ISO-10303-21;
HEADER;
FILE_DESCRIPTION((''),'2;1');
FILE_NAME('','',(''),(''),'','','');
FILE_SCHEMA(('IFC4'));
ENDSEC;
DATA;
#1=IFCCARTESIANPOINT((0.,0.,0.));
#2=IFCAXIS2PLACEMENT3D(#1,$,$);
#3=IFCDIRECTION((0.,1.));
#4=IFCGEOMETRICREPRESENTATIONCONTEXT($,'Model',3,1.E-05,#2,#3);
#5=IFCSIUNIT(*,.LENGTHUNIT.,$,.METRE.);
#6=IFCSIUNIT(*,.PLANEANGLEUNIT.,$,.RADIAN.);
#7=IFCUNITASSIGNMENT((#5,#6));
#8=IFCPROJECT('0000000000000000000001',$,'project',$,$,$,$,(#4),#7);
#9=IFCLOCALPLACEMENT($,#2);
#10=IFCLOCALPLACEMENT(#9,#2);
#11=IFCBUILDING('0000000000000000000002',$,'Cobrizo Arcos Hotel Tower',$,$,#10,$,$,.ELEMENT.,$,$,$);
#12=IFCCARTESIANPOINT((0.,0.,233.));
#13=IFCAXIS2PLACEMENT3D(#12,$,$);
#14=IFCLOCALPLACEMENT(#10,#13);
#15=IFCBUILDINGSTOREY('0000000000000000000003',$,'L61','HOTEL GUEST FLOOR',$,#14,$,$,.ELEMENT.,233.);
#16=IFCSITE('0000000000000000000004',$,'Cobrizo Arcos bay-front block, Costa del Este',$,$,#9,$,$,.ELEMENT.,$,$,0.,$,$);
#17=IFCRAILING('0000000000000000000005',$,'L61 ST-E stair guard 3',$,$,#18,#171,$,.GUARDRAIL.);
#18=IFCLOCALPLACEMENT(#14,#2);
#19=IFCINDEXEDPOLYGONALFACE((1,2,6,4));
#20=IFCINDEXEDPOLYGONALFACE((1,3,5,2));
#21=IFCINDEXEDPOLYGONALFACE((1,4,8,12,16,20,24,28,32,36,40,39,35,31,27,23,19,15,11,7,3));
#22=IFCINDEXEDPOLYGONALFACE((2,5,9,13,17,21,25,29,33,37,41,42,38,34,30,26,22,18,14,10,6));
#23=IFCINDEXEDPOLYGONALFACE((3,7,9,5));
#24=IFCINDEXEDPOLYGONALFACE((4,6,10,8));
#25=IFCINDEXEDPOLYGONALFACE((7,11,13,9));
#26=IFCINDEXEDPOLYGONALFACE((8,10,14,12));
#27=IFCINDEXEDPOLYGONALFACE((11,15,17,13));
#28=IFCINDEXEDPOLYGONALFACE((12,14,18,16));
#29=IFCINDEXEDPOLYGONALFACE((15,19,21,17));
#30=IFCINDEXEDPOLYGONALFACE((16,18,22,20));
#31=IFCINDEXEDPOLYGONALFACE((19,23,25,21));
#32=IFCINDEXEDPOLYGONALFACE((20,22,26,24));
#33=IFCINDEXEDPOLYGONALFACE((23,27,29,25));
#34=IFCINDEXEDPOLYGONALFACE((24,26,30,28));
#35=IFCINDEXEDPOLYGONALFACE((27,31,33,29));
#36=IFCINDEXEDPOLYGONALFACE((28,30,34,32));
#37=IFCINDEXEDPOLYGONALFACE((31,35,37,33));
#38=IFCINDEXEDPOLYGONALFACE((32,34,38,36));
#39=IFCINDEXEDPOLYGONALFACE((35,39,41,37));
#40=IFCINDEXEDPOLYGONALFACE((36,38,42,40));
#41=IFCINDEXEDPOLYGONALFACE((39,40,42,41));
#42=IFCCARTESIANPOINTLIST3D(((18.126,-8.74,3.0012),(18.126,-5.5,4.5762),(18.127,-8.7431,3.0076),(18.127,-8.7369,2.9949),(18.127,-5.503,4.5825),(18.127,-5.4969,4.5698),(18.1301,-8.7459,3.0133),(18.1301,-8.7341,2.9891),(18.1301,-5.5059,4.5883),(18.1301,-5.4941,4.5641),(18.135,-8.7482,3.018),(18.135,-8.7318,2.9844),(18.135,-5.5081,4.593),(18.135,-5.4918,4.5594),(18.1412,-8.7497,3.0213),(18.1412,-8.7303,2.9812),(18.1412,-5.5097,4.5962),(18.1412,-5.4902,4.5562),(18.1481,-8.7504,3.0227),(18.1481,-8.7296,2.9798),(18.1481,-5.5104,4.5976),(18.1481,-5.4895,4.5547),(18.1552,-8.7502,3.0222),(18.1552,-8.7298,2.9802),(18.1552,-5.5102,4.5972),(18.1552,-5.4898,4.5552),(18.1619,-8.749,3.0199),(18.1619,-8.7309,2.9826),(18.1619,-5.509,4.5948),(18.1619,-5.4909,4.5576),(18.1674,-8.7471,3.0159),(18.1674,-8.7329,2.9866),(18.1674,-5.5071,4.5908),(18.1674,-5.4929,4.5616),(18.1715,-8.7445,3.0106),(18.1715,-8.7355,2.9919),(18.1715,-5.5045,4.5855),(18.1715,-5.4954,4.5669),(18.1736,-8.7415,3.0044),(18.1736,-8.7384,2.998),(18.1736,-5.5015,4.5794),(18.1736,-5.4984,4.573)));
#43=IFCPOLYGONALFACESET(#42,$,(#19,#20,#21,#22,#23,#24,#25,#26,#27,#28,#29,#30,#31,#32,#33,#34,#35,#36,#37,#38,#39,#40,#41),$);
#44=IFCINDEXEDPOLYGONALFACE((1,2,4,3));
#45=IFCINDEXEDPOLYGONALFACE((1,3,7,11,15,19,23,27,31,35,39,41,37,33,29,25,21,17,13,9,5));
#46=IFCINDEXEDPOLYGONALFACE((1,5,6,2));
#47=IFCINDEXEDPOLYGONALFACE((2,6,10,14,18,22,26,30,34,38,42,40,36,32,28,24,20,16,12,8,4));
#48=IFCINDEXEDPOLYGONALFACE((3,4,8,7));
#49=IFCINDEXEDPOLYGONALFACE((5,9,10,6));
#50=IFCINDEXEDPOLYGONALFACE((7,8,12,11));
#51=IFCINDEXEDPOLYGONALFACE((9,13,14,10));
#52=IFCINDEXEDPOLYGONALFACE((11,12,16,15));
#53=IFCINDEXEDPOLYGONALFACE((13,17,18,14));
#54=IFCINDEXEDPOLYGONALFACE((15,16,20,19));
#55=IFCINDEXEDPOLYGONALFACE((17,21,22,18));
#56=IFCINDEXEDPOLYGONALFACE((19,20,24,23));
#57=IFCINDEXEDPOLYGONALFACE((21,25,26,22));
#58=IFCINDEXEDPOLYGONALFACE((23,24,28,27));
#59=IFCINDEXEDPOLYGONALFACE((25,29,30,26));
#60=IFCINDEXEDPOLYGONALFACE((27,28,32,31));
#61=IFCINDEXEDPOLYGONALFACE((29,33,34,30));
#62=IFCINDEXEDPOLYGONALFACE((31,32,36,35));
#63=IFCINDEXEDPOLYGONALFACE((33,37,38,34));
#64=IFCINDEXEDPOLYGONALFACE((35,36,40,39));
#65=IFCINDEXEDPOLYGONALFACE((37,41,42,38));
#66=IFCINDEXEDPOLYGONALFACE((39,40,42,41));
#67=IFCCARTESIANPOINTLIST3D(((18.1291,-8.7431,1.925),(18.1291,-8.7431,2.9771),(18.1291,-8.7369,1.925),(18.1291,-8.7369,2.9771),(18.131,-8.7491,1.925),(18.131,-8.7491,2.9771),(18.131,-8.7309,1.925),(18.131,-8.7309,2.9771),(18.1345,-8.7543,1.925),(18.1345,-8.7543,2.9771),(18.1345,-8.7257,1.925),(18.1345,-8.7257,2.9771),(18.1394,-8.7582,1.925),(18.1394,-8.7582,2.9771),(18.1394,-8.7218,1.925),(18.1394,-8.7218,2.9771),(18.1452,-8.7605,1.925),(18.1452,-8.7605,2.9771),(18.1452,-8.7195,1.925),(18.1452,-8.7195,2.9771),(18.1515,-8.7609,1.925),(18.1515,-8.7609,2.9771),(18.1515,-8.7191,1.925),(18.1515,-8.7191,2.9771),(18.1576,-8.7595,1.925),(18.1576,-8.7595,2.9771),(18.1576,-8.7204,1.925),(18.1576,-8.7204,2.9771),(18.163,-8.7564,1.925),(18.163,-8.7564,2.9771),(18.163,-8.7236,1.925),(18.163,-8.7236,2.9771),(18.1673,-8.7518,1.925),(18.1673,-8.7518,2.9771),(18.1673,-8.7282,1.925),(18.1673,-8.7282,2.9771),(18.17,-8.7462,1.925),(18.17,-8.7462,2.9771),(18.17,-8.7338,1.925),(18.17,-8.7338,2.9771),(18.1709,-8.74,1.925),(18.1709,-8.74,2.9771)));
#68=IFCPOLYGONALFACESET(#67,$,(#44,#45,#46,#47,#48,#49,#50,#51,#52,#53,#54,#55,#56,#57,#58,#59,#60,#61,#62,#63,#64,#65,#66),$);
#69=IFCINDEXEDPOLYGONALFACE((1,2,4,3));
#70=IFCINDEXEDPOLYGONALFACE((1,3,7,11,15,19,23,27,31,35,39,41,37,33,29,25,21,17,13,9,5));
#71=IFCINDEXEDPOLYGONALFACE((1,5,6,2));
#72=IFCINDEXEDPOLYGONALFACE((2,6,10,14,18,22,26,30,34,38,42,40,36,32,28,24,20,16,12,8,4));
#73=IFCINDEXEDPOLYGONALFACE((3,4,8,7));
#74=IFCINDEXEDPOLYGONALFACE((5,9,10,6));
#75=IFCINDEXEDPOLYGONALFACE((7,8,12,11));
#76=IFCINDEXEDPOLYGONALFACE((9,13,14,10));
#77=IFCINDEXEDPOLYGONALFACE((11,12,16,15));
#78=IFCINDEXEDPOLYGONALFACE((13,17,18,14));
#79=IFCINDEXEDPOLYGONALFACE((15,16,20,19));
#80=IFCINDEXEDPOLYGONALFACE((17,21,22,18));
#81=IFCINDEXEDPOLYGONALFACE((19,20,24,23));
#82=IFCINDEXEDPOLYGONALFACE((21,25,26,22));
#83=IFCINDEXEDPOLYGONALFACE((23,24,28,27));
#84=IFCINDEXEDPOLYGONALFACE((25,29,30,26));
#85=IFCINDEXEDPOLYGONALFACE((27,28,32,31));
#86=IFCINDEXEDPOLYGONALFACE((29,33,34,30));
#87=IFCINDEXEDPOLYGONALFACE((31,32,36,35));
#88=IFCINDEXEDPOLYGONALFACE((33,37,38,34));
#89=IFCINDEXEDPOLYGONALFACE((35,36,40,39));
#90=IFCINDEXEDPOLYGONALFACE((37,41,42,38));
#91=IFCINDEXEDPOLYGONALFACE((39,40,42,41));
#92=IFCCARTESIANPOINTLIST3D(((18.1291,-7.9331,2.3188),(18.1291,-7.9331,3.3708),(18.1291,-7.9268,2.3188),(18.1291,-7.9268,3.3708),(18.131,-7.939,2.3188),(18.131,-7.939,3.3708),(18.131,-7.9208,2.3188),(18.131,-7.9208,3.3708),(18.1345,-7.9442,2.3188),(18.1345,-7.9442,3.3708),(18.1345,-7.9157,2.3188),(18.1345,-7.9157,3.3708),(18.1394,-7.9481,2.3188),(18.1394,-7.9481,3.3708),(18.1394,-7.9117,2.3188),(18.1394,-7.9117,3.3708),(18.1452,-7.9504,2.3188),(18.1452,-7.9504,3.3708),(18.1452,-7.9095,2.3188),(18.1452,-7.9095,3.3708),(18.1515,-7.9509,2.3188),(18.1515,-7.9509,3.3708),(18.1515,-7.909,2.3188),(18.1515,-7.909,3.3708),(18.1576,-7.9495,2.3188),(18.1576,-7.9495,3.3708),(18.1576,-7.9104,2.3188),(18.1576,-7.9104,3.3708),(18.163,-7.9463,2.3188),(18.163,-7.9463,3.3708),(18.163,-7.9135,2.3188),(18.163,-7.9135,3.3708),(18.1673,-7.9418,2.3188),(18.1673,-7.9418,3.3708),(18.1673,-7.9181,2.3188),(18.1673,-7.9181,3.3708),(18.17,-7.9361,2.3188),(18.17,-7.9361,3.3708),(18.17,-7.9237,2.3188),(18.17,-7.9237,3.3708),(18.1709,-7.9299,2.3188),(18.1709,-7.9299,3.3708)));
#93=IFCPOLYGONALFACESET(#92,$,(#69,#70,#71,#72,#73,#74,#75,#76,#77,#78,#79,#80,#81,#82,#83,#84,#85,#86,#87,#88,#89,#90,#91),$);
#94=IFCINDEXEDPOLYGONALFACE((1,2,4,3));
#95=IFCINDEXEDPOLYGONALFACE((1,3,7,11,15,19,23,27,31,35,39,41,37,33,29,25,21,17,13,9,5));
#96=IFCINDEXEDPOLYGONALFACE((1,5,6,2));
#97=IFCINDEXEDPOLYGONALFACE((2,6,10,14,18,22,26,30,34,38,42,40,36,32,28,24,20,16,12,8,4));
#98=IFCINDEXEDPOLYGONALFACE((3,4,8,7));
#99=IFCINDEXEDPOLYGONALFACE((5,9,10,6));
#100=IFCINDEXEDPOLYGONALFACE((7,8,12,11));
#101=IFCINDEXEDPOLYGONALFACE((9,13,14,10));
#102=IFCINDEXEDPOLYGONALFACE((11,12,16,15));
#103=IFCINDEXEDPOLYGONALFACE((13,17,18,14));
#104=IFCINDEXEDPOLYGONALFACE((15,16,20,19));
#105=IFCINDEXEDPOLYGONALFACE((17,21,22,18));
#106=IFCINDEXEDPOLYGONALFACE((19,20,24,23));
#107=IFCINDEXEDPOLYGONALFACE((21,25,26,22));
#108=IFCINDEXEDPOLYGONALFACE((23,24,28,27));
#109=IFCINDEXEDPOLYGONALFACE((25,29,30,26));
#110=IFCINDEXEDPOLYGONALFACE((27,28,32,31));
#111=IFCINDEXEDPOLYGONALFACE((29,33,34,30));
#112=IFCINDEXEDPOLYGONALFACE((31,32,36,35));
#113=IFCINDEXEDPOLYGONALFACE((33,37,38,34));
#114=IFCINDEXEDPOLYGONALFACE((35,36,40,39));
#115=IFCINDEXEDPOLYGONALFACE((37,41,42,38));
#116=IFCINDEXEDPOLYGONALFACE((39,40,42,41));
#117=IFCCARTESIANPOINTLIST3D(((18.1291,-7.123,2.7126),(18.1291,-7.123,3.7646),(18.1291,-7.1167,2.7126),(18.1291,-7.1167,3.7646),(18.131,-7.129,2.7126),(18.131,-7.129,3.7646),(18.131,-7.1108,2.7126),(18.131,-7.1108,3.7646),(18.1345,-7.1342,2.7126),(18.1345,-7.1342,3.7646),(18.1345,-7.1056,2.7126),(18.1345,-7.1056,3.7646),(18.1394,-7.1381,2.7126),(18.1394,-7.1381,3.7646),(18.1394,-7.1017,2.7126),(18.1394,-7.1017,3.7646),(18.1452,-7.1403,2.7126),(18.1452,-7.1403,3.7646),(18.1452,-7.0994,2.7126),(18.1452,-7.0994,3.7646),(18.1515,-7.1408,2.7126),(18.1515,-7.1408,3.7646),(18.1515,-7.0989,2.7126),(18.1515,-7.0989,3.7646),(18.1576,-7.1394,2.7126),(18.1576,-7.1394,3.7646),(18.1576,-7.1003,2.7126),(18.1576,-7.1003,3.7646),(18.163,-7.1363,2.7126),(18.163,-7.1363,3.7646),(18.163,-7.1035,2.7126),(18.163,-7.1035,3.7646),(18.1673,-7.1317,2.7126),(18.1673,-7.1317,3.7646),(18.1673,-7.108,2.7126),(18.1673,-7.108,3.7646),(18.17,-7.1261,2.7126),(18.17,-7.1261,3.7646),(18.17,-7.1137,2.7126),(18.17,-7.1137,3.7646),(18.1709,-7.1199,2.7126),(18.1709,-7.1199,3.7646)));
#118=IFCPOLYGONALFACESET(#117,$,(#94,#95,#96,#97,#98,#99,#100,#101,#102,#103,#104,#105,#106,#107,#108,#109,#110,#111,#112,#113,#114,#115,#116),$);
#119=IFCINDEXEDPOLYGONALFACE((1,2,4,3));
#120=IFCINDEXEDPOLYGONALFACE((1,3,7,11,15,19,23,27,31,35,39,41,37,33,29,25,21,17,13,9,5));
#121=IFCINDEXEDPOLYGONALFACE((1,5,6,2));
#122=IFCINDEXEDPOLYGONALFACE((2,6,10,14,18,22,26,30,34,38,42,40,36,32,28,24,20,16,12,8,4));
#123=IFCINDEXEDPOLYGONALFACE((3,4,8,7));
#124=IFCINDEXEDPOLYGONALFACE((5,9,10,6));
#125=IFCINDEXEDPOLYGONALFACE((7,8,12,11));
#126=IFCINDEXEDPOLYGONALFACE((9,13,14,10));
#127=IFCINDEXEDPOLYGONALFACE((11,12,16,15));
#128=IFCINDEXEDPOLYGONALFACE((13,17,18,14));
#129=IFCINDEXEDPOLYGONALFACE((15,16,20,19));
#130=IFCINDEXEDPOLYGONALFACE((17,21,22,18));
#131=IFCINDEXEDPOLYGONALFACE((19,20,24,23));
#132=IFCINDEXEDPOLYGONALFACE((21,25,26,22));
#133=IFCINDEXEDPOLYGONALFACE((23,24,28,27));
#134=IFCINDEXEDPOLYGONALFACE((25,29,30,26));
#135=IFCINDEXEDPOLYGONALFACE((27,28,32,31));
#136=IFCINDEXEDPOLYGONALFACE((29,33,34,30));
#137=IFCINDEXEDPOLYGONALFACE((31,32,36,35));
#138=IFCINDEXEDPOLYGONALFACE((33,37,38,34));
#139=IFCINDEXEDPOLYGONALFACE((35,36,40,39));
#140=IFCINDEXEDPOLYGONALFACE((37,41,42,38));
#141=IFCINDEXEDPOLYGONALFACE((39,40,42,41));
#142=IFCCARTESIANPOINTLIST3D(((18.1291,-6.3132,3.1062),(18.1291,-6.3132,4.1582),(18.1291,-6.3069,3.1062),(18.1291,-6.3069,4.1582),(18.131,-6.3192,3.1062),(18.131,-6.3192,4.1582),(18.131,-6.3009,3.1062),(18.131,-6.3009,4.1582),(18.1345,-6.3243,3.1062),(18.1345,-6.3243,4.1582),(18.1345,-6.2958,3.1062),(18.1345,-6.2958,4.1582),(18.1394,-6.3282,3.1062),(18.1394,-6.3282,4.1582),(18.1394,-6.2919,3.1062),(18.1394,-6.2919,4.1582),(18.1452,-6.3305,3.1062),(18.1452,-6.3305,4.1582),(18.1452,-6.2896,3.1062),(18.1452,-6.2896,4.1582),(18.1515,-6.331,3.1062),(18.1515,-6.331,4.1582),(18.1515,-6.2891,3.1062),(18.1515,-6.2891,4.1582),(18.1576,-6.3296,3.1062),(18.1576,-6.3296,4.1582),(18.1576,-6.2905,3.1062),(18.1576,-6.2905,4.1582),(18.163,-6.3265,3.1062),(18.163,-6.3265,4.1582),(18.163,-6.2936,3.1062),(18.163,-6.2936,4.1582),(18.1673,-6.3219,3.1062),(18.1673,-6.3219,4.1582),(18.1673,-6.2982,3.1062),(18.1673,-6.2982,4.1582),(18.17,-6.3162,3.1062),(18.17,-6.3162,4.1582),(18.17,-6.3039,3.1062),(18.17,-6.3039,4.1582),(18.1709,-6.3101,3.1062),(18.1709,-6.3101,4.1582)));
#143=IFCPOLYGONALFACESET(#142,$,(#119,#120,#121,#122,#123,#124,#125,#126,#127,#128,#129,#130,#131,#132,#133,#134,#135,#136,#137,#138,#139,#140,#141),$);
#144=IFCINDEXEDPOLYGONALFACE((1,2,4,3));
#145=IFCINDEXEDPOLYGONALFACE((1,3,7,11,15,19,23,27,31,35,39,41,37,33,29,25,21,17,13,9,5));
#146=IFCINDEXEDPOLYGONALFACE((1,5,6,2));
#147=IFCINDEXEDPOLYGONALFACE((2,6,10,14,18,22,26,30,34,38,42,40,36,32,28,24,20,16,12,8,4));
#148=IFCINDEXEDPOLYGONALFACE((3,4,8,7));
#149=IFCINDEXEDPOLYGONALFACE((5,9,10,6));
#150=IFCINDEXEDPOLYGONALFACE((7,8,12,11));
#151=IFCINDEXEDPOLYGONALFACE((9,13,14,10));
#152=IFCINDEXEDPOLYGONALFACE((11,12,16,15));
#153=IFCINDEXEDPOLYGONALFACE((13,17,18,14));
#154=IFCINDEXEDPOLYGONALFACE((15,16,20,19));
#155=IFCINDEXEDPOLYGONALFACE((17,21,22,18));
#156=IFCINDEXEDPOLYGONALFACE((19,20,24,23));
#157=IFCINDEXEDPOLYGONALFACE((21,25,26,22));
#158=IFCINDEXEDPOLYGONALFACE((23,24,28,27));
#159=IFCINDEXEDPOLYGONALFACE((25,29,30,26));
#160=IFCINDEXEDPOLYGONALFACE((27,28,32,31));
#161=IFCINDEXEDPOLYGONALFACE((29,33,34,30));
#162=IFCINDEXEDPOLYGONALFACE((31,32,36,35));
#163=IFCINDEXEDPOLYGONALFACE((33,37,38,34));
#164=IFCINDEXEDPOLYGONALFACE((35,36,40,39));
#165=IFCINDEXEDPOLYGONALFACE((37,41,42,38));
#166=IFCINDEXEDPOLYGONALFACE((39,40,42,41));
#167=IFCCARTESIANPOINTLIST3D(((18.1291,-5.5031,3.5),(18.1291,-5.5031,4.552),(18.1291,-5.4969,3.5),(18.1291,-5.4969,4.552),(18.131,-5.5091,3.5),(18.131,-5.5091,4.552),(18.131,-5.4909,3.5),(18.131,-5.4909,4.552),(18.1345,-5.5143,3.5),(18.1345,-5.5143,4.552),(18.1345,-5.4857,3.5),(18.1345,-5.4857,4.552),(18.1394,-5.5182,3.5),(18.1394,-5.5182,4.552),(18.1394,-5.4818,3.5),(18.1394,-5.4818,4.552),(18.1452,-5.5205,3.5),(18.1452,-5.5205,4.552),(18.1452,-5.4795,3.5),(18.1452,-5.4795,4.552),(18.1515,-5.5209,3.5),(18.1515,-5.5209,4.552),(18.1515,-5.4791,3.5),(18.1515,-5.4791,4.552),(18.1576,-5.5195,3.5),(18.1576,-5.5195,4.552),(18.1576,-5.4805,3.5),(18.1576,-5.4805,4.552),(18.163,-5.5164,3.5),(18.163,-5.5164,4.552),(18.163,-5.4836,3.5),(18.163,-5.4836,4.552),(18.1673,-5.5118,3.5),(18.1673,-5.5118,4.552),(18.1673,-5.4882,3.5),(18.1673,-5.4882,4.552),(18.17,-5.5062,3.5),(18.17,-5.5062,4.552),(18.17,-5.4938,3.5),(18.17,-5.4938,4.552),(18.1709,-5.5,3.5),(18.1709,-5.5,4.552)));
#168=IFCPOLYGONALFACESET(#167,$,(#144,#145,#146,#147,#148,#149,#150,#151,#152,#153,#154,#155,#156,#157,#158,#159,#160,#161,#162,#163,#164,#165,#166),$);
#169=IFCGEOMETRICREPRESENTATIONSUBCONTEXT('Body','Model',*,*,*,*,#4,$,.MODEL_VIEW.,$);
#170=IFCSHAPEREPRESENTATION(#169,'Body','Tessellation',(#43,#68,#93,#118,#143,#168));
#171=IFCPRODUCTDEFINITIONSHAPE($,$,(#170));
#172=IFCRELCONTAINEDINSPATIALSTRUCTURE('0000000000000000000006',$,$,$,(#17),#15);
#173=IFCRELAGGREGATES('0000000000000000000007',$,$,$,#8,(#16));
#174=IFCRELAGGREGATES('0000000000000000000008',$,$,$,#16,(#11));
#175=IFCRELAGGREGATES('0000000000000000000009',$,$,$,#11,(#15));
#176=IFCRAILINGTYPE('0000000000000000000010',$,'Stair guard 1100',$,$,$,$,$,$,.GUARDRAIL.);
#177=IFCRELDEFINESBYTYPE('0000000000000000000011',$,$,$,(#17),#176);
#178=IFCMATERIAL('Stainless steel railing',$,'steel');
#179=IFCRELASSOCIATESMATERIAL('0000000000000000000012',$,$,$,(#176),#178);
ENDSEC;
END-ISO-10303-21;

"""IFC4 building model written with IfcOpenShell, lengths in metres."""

from ifc_helpers import new_model, si_unit, direction, frame, origin, origin_2d, place, context, subcontext, project, spatial, circle, extrude, material, type_object, element, save


model = new_model("IFC4")

# Units and contexts
model_context = context("Model", 3, precision=1e-05, world=origin(), true_north=direction((0.0, 1.0)))
body_context = subcontext(model_context, "Body", "Model", "MODEL_VIEW")
ifc_project = project(units=[si_unit("LENGTHUNIT", "METRE"), si_unit("PLANEANGLEUNIT", "RADIAN")], contexts=[model_context])

# Site, building, storey
site_placement = place(None, origin())
site = spatial("IfcSite", under=ifc_project, at=site_placement, Name="Cobrizo Arcos bay-front block, Costa del Este", CompositionType="ELEMENT", RefElevation=0.0)
building_placement = place(site_placement, origin())
building = spatial("IfcBuilding", under=site, at=building_placement, Name="Cobrizo Arcos Hotel Tower", CompositionType="ELEMENT")
storey_placement = place(building_placement, frame((0.0, 0.0, 233.0)))
storey = spatial("IfcBuildingStorey", under=building, at=storey_placement, Name="L61", Description="HOTEL GUEST FLOOR", CompositionType="ELEMENT", Elevation=233.0)

# Railing
ifc_material_1 = material(Name="Stainless steel railing", Category="steel")
railing_type_1 = type_object("IfcRailingType", Name="Stair guard 1100", PredefinedType="GUARDRAIL", material=ifc_material_1)
railing_1_placement = place(storey_placement, frame((18.1499, -8.74, 1.925)))
element("IfcRailing", 1, at=railing_1_placement, inside=storey, type_object=railing_type_1, Name="L61 ST-E stair guard 3", PredefinedType="GUARDRAIL", context=body_context, shape_type="SweptSolid", body=[
    extrude(circle(Radius=0.0239, at=origin_2d()), frame((0.0, 0.0, 1.0762), z_axis=(0.0, 0.899373, 0.437183), x_axis=(-1.0, 0.0, 0.0)), (0.0, 0.0, 1.0), 3.6025),
    extrude(circle(Radius=0.021, at=origin_2d()), origin(), (0.0, 0.0, 1.0), 1.052),
    extrude(circle(Radius=0.021, at=origin_2d()), frame((0.0, 0.8101, 0.3938)), (0.0, 0.0, 1.0), 1.052),
    extrude(circle(Radius=0.021, at=origin_2d()), frame((0.0, 1.6201, 0.7876)), (0.0, 0.0, 1.0), 1.052),
    extrude(circle(Radius=0.021, at=origin_2d()), frame((0.0, 2.4299, 1.1812)), (0.0, 0.0, 1.0), 1.052),
    extrude(circle(Radius=0.021, at=origin_2d()), frame((0.0, 3.24, 1.575)), (0.0, 0.0, 1.0), 1.052),
])

save(model, "model.ifc")
